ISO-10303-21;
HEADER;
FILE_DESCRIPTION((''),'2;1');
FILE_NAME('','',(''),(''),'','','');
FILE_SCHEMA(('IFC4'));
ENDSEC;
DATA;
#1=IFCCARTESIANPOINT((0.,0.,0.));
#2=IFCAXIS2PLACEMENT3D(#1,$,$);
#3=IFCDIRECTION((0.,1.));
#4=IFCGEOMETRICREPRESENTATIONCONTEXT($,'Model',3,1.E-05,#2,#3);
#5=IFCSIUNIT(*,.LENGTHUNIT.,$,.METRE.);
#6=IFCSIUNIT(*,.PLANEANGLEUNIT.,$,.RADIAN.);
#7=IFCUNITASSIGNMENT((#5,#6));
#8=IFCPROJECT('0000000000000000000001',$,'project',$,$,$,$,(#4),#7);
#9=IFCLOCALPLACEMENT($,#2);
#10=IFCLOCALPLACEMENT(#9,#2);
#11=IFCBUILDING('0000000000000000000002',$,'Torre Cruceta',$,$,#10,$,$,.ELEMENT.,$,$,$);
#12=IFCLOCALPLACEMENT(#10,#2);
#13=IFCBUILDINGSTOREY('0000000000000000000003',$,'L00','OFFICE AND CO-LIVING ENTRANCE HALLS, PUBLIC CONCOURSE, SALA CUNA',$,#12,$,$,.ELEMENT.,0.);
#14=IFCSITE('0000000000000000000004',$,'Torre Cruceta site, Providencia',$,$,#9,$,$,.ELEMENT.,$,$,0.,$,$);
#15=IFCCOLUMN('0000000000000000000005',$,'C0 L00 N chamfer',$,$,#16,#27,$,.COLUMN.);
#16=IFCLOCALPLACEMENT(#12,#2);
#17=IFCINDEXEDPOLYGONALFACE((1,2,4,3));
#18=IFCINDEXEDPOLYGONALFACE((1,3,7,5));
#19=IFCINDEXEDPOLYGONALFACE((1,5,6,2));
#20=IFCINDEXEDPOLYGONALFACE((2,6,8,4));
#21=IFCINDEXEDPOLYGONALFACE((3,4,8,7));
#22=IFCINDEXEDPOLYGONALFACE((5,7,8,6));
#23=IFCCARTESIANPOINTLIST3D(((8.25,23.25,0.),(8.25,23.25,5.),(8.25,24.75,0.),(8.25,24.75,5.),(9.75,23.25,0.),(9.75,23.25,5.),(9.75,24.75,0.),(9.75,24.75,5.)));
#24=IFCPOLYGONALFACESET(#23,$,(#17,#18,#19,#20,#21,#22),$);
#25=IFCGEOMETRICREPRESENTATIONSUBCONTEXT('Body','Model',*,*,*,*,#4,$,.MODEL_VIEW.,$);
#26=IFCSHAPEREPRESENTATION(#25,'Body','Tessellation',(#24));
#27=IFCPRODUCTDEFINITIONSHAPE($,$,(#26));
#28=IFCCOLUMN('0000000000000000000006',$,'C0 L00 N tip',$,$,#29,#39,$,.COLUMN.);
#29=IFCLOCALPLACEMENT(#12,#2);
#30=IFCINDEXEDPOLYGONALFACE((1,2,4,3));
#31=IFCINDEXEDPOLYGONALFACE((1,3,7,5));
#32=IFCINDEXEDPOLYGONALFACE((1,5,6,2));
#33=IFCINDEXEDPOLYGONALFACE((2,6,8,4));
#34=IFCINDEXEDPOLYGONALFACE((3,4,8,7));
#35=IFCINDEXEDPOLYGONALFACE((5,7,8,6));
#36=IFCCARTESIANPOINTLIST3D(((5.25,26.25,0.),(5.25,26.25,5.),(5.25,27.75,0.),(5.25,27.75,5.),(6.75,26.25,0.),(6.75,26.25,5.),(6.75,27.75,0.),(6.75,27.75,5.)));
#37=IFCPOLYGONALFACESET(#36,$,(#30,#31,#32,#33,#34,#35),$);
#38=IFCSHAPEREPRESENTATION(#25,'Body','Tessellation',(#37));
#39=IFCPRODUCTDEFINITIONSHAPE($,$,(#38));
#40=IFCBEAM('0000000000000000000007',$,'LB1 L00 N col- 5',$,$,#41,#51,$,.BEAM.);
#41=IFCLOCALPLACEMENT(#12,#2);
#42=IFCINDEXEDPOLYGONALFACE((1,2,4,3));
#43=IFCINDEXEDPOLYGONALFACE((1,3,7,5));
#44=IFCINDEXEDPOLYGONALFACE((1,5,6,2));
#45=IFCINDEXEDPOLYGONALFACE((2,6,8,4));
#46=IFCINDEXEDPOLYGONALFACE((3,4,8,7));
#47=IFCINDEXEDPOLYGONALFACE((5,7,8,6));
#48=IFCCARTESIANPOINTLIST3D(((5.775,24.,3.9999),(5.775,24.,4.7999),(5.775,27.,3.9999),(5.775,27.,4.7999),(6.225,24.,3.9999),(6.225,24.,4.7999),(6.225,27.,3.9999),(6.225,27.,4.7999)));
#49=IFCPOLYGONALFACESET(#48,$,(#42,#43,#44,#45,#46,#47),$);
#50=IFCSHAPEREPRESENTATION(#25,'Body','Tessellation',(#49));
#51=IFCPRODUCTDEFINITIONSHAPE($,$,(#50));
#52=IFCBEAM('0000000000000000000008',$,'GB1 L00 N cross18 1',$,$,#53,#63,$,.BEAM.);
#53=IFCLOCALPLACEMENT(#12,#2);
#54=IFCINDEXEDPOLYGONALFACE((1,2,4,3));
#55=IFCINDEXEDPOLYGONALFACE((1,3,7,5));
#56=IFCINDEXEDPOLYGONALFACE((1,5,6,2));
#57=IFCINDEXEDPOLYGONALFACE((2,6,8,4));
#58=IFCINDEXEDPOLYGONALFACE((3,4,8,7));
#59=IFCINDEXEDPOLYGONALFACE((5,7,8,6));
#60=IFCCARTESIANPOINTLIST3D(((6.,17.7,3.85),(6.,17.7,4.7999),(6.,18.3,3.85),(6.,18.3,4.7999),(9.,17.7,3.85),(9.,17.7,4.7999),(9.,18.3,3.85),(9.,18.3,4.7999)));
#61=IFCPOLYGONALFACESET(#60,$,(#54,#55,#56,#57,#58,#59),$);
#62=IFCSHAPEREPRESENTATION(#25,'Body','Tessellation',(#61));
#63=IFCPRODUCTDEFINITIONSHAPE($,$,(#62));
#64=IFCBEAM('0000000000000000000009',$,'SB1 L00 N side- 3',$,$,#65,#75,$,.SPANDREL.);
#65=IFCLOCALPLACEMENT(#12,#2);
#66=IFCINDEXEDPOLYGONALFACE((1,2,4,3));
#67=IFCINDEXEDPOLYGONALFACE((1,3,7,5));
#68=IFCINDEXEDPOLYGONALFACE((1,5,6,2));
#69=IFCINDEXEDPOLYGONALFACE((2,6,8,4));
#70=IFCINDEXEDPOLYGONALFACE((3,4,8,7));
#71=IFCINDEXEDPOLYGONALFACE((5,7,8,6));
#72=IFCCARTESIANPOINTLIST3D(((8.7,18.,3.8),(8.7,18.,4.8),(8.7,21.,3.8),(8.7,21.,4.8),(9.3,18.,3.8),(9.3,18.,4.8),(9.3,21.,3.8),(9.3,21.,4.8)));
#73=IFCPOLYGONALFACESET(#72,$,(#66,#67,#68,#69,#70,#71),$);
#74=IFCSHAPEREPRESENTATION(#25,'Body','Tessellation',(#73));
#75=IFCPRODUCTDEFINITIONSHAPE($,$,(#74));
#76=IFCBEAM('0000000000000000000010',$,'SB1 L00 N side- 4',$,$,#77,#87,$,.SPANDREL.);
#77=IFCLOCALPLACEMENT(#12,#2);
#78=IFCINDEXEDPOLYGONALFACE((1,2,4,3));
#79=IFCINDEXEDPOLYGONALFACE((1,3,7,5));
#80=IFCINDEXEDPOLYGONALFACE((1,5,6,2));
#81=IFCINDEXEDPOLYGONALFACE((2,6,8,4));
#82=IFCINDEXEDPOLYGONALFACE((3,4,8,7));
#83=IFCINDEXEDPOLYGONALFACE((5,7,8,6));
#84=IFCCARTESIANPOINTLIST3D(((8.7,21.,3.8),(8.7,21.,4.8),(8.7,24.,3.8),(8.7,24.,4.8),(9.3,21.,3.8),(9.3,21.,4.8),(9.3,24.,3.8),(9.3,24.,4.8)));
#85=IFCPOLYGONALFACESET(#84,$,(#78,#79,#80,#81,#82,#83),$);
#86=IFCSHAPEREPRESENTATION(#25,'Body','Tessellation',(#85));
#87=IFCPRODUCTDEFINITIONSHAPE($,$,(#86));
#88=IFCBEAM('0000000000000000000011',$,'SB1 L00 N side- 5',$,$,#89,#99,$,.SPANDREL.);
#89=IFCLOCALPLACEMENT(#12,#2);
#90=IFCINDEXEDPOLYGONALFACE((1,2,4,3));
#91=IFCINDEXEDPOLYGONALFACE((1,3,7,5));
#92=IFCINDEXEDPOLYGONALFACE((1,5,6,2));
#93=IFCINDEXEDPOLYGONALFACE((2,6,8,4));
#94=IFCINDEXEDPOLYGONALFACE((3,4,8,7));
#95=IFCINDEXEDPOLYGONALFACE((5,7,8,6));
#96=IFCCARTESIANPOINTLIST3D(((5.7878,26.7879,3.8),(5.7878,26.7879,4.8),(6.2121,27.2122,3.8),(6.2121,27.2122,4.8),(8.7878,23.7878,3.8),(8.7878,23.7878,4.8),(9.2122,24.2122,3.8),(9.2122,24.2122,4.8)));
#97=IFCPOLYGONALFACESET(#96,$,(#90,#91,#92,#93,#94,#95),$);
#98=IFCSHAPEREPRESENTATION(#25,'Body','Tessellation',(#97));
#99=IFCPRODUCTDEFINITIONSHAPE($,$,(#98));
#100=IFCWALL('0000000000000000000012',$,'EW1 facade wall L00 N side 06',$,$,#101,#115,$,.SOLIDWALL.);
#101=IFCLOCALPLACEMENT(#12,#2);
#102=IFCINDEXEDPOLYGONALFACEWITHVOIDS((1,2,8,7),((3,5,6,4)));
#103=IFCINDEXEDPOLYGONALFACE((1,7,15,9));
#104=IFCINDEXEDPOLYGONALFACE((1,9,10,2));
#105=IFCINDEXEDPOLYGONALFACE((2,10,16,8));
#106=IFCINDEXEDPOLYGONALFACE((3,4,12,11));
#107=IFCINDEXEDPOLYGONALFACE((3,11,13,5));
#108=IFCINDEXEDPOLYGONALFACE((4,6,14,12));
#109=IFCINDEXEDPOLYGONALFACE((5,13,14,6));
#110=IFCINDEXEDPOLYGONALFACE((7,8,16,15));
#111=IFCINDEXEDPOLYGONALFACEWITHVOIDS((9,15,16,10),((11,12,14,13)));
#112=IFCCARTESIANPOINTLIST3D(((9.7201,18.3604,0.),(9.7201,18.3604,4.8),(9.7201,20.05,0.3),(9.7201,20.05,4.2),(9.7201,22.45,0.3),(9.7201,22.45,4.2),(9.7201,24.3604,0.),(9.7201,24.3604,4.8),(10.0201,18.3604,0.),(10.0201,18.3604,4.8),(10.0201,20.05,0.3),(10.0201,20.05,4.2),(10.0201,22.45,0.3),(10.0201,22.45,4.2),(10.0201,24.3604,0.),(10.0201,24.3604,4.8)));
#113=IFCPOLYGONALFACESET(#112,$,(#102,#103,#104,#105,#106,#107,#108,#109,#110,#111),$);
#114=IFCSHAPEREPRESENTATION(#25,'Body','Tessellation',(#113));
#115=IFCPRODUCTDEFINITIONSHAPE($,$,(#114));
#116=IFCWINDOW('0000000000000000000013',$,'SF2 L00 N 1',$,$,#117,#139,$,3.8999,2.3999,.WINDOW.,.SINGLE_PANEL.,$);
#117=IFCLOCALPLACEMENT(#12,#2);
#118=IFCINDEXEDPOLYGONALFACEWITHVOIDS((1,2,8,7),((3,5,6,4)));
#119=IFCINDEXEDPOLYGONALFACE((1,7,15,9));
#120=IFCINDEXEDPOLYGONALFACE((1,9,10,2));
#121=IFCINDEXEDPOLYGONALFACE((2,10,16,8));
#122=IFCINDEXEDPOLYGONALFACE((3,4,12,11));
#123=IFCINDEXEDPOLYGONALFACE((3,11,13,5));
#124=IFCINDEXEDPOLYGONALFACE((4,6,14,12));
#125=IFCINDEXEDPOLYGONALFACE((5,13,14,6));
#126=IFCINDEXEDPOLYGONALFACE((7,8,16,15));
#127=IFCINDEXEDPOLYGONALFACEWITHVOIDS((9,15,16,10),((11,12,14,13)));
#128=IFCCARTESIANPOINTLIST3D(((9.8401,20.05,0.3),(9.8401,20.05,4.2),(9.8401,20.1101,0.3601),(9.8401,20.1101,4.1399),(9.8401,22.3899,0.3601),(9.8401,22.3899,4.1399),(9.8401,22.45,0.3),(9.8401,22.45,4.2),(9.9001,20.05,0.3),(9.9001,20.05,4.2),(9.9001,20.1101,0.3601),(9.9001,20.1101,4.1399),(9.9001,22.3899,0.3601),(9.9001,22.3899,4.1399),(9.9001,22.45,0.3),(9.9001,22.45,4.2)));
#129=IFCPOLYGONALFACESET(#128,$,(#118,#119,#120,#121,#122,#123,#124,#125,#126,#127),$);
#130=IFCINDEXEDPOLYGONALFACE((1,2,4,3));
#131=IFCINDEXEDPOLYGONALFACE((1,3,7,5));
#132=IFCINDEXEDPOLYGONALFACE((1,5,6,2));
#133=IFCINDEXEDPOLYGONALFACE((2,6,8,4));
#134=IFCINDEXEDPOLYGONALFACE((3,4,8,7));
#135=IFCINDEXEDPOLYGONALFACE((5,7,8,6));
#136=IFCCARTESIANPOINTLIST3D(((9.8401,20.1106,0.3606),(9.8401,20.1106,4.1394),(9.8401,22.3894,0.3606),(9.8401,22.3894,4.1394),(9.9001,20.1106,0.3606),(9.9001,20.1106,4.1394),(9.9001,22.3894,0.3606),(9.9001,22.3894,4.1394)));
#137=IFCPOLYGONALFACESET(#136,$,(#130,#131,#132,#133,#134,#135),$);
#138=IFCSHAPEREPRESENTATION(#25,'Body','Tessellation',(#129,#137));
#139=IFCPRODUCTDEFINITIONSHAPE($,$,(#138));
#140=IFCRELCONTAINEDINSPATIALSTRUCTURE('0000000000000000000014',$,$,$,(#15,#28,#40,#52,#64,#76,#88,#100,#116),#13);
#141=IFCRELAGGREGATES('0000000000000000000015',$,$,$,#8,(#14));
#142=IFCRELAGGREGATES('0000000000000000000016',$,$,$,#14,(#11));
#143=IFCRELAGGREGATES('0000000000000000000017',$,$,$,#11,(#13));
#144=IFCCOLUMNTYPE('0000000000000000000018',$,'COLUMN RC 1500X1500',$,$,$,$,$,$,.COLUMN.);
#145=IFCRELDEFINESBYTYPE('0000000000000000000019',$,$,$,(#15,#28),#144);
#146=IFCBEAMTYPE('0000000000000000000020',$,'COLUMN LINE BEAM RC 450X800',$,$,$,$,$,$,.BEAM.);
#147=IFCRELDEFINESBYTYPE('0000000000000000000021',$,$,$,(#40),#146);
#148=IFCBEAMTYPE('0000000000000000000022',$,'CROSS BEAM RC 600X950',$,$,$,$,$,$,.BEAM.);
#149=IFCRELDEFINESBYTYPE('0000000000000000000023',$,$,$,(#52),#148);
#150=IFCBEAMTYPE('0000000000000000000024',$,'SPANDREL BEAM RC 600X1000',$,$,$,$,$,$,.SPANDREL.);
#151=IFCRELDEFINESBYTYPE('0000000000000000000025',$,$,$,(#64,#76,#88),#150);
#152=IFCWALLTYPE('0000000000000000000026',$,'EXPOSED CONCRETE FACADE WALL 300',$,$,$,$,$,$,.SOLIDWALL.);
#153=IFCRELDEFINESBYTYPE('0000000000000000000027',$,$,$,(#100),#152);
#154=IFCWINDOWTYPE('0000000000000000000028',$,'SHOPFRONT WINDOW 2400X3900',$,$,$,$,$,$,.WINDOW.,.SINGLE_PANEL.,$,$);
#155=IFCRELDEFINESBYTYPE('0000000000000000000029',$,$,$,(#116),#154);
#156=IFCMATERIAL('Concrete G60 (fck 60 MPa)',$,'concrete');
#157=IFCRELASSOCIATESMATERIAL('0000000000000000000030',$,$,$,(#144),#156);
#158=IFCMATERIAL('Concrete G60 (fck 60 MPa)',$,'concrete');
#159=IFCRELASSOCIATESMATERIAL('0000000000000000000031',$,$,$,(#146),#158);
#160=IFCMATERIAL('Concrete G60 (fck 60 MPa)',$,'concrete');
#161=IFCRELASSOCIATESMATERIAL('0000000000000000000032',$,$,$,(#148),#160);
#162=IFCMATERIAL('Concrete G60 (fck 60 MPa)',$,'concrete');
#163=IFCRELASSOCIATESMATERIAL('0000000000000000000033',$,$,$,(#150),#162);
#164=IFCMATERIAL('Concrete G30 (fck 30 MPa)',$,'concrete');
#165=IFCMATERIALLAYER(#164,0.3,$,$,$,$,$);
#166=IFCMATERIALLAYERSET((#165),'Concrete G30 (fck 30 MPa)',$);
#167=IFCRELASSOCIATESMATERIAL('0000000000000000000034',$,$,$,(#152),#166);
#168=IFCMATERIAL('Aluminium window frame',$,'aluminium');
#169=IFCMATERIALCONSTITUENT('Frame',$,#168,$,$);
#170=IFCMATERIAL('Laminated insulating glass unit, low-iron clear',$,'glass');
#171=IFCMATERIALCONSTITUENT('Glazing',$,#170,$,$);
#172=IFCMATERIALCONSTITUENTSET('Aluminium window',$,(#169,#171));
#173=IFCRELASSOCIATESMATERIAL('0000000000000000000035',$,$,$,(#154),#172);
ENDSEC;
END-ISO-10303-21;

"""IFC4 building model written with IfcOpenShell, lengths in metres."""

from ifc_helpers import new_model, si_unit, direction, frame, frame_2d, origin, origin_2d, place, context, subcontext, project, spatial, rectangle, hollow_rectangle, extrude, material, layer, layer_set, constituent, constituent_set, material_profile, profile_set, type_object, element, fill, save


model = new_model("IFC4")

# Units and contexts
model_context = context("Model", 3, precision=1e-05, world=origin(), true_north=direction((0.0, 1.0)))
body_context = subcontext(model_context, "Body", "Model", "MODEL_VIEW")
ifc_project = project(units=[si_unit("LENGTHUNIT", "METRE"), si_unit("PLANEANGLEUNIT", "RADIAN")], contexts=[model_context])

# Site, building, storey
site_placement = place(None, origin())
site = spatial("IfcSite", under=ifc_project, at=site_placement, Name="Torre Cruceta site, Providencia", CompositionType="ELEMENT", RefElevation=0.0)
building_placement = place(site_placement, origin())
building = spatial("IfcBuilding", under=site, at=building_placement, Name="Torre Cruceta", CompositionType="ELEMENT")
storey_placement = place(building_placement, origin())
storey = spatial("IfcBuildingStorey", under=building, at=storey_placement, Name="L00", Description="OFFICE AND CO-LIVING ENTRANCE HALLS, PUBLIC CONCOURSE, SALA CUNA", CompositionType="ELEMENT", Elevation=0.0)

# Columns
ifc_material_1 = material(Name="Concrete G60 (fck 60 MPa)", Category="concrete")
ifc_material_profile_1 = material_profile(ifc_material_1, rectangle(XDim=1.5, YDim=1.5, at=origin_2d()), Name="RC 1500X1500")
ifc_profile_set_1 = profile_set([ifc_material_profile_1], Name="Concrete G60 (fck 60 MPa)")
column_type = type_object("IfcColumnType", Name="COLUMN RC 1500X1500", PredefinedType="COLUMN", material=ifc_profile_set_1)
for number, where, z_axis, x_axis, name in (
    (1, (9.0, 24.0, 0.0), (0.0, 0.0, 1.0), (1.0, 0.0, 0.0), "C0 L00 N chamfer"),
    (2, (6.0, 27.0, 0.0), (0.0, 0.0, 1.0), (1.0, 0.0, 0.0), "C0 L00 N tip"),
):
    element("IfcColumn", number, at=place(storey_placement, frame(where, z_axis=z_axis, x_axis=x_axis)), inside=storey, type_object=column_type, Name=name, PredefinedType="COLUMN", context=body_context, shape_type="SweptSolid", body=[
        extrude(rectangle(XDim=1.5, YDim=1.5, at=origin_2d()), origin(), (0.0, 0.0, 1.0), 5.0),
    ])

# Beams
ifc_material_2 = material(Name="Concrete G60 (fck 60 MPa)", Category="concrete")
ifc_material_profile_2 = material_profile(ifc_material_2, rectangle(XDim=0.45, YDim=0.8, at=origin_2d()), Name="RC 450X800")
ifc_profile_set_2 = profile_set([ifc_material_profile_2], Name="Concrete G60 (fck 60 MPa)")
beam_type_1 = type_object("IfcBeamType", Name="COLUMN LINE BEAM RC 450X800", PredefinedType="BEAM", material=ifc_profile_set_2)
beam_1_placement = place(storey_placement, frame((6.0, 24.0, 4.3999), z_axis=(0.0, 1.0, 0.0), x_axis=(-1.0, 0.0, 0.0)))
element("IfcBeam", 3, at=beam_1_placement, inside=storey, type_object=beam_type_1, Name="LB1 L00 N col- 5", PredefinedType="BEAM", context=body_context, shape_type="SweptSolid", body=[
    extrude(rectangle(XDim=0.45, YDim=0.8, at=origin_2d()), origin(), (0.0, 0.0, 1.0), 3.0),
])
ifc_material_3 = material(Name="Concrete G60 (fck 60 MPa)", Category="concrete")
ifc_material_profile_3 = material_profile(ifc_material_3, rectangle(XDim=0.6001, YDim=0.95, at=origin_2d()), Name="RC 600X950")
ifc_profile_set_3 = profile_set([ifc_material_profile_3], Name="Concrete G60 (fck 60 MPa)")
beam_type_2 = type_object("IfcBeamType", Name="CROSS BEAM RC 600X950", PredefinedType="BEAM", material=ifc_profile_set_3)
beam_2_placement = place(storey_placement, frame((9.0, 18.0, 4.325), z_axis=(-1.0, 0.0, 0.0), x_axis=(0.0, -1.0, 0.0)))
element("IfcBeam", 4, at=beam_2_placement, inside=storey, type_object=beam_type_2, Name="GB1 L00 N cross18 1", PredefinedType="BEAM", context=body_context, shape_type="SweptSolid", body=[
    extrude(rectangle(XDim=0.6001, YDim=0.95, at=origin_2d()), origin(), (0.0, 0.0, 1.0), 3.0),
])
ifc_material_4 = material(Name="Concrete G60 (fck 60 MPa)", Category="concrete")
ifc_material_profile_4 = material_profile(ifc_material_4, rectangle(XDim=0.6001, YDim=1.0, at=origin_2d()), Name="RC 600X1000")
ifc_profile_set_4 = profile_set([ifc_material_profile_4], Name="Concrete G60 (fck 60 MPa)")
beam_type_3 = type_object("IfcBeamType", Name="SPANDREL BEAM RC 600X1000", PredefinedType="SPANDREL", material=ifc_profile_set_4)
for number, where, z_axis, x_axis, name in (
    (5, (9.0, 18.0, 4.3), (0.0, 1.0, 0.0), (-1.0, 0.0, 0.0), "SB1 L00 N side- 3"),
    (6, (9.0, 21.0, 4.3), (0.0, 1.0, 0.0), (-1.0, 0.0, 0.0), "SB1 L00 N side- 4"),
):
    element("IfcBeam", number, at=place(storey_placement, frame(where, z_axis=z_axis, x_axis=x_axis)), inside=storey, type_object=beam_type_3, Name=name, PredefinedType="SPANDREL", context=body_context, shape_type="SweptSolid", body=[
        extrude(rectangle(XDim=0.6001, YDim=1.0, at=origin_2d()), origin(), (0.0, 0.0, 1.0), 3.0),
    ])
beam_3_placement = place(storey_placement, frame((9.0, 24.0, 4.3), z_axis=(-0.707107, 0.707107, 0.0), x_axis=(-0.707107, -0.707107, 0.0)))
element("IfcBeam", 7, at=beam_3_placement, inside=storey, type_object=beam_type_3, Name="SB1 L00 N side- 5", PredefinedType="SPANDREL", context=body_context, shape_type="SweptSolid", body=[
    extrude(rectangle(XDim=0.6001, YDim=1.0, at=origin_2d()), origin(), (0.0, 0.0, 1.0), 4.2427),
])

# Wall, opening, window
ifc_material_5 = material(Name="Concrete G30 (fck 30 MPa)", Category="concrete")
ifc_layer_1 = layer(ifc_material_5, 0.3)
ifc_layer_set_1 = layer_set([ifc_layer_1], Name="Concrete G30 (fck 30 MPa)")
wall_type_1 = type_object("IfcWallType", Name="EXPOSED CONCRETE FACADE WALL 300", PredefinedType="SOLIDWALL", material=ifc_layer_set_1)
wall_1_placement = place(storey_placement, frame((9.8701, 18.3604, 0.0), z_axis=(0.0, 0.0, 1.0), x_axis=(0.0, 1.0, 0.0)))
wall_1 = element("IfcWall", 8, at=wall_1_placement, inside=storey, type_object=wall_type_1, Name="EW1 facade wall L00 N side 06", PredefinedType="SOLIDWALL", context=body_context, shape_type="SweptSolid", body=[
    extrude(rectangle(XDim=6.0, YDim=0.3, at=frame_2d((3.0, 0.0))), origin(), (0.0, 0.0, 1.0), 4.8),
])
opening_1_placement = place(wall_1_placement, frame((1.6897, 0.0, 0.3)))
opening_1 = element("IfcOpeningElement", 9, at=opening_1_placement, cuts=wall_1, PredefinedType="OPENING", context=body_context, shape_type="SweptSolid", body=[
    extrude(rectangle(XDim=2.3999, YDim=3.8999, at=frame_2d((1.2, 1.95))), frame((0.0, 0.1599, 0.0), z_axis=(0.0, -1.0, 0.0), x_axis=(1.0, 0.0, 0.0)), (0.0, 0.0, 1.0), 0.3201),
])
ifc_material_6 = material(Name="Aluminium window frame", Category="aluminium")
ifc_constituent_1 = constituent(ifc_material_6, Name="Frame")
ifc_material_7 = material(Name="Laminated insulating glass unit, low-iron clear", Category="glass")
ifc_constituent_2 = constituent(ifc_material_7, Name="Glazing")
ifc_constituent_set_1 = constituent_set(constituents=[ifc_constituent_1, ifc_constituent_2], Name="Aluminium window")
window_type_1 = type_object("IfcWindowType", Name="SHOPFRONT WINDOW 2400X3900", PartitioningType="SINGLE_PANEL", PredefinedType="WINDOW", material=ifc_constituent_set_1)
window_1_placement = place(opening_1_placement, origin())
window_1 = element("IfcWindow", 10, at=window_1_placement, inside=storey, type_object=window_type_1, Name="SF2 L00 N 1", OverallHeight=3.8999, OverallWidth=2.3999, PartitioningType="SINGLE_PANEL", PredefinedType="WINDOW", context=body_context, shape_type="SweptSolid", body=[
    extrude(hollow_rectangle(XDim=2.3999, YDim=3.8999, WallThickness=0.0601, at=frame_2d((1.2, 1.95))), frame((0.0, 0.03, 0.0), z_axis=(0.0, -1.0, 0.0), x_axis=(1.0, 0.0, 0.0)), (0.0, 0.0, 1.0), 0.0601),
    extrude(rectangle(XDim=2.2788, YDim=3.7788, at=frame_2d((1.2, 1.95))), frame((0.0, 0.03, 0.0), z_axis=(0.0, -1.0, 0.0), x_axis=(1.0, 0.0, 0.0)), (0.0, 0.0, 1.0), 0.0601),
])
fill(opening_1, window_1)

save(model, "model.ifc")
